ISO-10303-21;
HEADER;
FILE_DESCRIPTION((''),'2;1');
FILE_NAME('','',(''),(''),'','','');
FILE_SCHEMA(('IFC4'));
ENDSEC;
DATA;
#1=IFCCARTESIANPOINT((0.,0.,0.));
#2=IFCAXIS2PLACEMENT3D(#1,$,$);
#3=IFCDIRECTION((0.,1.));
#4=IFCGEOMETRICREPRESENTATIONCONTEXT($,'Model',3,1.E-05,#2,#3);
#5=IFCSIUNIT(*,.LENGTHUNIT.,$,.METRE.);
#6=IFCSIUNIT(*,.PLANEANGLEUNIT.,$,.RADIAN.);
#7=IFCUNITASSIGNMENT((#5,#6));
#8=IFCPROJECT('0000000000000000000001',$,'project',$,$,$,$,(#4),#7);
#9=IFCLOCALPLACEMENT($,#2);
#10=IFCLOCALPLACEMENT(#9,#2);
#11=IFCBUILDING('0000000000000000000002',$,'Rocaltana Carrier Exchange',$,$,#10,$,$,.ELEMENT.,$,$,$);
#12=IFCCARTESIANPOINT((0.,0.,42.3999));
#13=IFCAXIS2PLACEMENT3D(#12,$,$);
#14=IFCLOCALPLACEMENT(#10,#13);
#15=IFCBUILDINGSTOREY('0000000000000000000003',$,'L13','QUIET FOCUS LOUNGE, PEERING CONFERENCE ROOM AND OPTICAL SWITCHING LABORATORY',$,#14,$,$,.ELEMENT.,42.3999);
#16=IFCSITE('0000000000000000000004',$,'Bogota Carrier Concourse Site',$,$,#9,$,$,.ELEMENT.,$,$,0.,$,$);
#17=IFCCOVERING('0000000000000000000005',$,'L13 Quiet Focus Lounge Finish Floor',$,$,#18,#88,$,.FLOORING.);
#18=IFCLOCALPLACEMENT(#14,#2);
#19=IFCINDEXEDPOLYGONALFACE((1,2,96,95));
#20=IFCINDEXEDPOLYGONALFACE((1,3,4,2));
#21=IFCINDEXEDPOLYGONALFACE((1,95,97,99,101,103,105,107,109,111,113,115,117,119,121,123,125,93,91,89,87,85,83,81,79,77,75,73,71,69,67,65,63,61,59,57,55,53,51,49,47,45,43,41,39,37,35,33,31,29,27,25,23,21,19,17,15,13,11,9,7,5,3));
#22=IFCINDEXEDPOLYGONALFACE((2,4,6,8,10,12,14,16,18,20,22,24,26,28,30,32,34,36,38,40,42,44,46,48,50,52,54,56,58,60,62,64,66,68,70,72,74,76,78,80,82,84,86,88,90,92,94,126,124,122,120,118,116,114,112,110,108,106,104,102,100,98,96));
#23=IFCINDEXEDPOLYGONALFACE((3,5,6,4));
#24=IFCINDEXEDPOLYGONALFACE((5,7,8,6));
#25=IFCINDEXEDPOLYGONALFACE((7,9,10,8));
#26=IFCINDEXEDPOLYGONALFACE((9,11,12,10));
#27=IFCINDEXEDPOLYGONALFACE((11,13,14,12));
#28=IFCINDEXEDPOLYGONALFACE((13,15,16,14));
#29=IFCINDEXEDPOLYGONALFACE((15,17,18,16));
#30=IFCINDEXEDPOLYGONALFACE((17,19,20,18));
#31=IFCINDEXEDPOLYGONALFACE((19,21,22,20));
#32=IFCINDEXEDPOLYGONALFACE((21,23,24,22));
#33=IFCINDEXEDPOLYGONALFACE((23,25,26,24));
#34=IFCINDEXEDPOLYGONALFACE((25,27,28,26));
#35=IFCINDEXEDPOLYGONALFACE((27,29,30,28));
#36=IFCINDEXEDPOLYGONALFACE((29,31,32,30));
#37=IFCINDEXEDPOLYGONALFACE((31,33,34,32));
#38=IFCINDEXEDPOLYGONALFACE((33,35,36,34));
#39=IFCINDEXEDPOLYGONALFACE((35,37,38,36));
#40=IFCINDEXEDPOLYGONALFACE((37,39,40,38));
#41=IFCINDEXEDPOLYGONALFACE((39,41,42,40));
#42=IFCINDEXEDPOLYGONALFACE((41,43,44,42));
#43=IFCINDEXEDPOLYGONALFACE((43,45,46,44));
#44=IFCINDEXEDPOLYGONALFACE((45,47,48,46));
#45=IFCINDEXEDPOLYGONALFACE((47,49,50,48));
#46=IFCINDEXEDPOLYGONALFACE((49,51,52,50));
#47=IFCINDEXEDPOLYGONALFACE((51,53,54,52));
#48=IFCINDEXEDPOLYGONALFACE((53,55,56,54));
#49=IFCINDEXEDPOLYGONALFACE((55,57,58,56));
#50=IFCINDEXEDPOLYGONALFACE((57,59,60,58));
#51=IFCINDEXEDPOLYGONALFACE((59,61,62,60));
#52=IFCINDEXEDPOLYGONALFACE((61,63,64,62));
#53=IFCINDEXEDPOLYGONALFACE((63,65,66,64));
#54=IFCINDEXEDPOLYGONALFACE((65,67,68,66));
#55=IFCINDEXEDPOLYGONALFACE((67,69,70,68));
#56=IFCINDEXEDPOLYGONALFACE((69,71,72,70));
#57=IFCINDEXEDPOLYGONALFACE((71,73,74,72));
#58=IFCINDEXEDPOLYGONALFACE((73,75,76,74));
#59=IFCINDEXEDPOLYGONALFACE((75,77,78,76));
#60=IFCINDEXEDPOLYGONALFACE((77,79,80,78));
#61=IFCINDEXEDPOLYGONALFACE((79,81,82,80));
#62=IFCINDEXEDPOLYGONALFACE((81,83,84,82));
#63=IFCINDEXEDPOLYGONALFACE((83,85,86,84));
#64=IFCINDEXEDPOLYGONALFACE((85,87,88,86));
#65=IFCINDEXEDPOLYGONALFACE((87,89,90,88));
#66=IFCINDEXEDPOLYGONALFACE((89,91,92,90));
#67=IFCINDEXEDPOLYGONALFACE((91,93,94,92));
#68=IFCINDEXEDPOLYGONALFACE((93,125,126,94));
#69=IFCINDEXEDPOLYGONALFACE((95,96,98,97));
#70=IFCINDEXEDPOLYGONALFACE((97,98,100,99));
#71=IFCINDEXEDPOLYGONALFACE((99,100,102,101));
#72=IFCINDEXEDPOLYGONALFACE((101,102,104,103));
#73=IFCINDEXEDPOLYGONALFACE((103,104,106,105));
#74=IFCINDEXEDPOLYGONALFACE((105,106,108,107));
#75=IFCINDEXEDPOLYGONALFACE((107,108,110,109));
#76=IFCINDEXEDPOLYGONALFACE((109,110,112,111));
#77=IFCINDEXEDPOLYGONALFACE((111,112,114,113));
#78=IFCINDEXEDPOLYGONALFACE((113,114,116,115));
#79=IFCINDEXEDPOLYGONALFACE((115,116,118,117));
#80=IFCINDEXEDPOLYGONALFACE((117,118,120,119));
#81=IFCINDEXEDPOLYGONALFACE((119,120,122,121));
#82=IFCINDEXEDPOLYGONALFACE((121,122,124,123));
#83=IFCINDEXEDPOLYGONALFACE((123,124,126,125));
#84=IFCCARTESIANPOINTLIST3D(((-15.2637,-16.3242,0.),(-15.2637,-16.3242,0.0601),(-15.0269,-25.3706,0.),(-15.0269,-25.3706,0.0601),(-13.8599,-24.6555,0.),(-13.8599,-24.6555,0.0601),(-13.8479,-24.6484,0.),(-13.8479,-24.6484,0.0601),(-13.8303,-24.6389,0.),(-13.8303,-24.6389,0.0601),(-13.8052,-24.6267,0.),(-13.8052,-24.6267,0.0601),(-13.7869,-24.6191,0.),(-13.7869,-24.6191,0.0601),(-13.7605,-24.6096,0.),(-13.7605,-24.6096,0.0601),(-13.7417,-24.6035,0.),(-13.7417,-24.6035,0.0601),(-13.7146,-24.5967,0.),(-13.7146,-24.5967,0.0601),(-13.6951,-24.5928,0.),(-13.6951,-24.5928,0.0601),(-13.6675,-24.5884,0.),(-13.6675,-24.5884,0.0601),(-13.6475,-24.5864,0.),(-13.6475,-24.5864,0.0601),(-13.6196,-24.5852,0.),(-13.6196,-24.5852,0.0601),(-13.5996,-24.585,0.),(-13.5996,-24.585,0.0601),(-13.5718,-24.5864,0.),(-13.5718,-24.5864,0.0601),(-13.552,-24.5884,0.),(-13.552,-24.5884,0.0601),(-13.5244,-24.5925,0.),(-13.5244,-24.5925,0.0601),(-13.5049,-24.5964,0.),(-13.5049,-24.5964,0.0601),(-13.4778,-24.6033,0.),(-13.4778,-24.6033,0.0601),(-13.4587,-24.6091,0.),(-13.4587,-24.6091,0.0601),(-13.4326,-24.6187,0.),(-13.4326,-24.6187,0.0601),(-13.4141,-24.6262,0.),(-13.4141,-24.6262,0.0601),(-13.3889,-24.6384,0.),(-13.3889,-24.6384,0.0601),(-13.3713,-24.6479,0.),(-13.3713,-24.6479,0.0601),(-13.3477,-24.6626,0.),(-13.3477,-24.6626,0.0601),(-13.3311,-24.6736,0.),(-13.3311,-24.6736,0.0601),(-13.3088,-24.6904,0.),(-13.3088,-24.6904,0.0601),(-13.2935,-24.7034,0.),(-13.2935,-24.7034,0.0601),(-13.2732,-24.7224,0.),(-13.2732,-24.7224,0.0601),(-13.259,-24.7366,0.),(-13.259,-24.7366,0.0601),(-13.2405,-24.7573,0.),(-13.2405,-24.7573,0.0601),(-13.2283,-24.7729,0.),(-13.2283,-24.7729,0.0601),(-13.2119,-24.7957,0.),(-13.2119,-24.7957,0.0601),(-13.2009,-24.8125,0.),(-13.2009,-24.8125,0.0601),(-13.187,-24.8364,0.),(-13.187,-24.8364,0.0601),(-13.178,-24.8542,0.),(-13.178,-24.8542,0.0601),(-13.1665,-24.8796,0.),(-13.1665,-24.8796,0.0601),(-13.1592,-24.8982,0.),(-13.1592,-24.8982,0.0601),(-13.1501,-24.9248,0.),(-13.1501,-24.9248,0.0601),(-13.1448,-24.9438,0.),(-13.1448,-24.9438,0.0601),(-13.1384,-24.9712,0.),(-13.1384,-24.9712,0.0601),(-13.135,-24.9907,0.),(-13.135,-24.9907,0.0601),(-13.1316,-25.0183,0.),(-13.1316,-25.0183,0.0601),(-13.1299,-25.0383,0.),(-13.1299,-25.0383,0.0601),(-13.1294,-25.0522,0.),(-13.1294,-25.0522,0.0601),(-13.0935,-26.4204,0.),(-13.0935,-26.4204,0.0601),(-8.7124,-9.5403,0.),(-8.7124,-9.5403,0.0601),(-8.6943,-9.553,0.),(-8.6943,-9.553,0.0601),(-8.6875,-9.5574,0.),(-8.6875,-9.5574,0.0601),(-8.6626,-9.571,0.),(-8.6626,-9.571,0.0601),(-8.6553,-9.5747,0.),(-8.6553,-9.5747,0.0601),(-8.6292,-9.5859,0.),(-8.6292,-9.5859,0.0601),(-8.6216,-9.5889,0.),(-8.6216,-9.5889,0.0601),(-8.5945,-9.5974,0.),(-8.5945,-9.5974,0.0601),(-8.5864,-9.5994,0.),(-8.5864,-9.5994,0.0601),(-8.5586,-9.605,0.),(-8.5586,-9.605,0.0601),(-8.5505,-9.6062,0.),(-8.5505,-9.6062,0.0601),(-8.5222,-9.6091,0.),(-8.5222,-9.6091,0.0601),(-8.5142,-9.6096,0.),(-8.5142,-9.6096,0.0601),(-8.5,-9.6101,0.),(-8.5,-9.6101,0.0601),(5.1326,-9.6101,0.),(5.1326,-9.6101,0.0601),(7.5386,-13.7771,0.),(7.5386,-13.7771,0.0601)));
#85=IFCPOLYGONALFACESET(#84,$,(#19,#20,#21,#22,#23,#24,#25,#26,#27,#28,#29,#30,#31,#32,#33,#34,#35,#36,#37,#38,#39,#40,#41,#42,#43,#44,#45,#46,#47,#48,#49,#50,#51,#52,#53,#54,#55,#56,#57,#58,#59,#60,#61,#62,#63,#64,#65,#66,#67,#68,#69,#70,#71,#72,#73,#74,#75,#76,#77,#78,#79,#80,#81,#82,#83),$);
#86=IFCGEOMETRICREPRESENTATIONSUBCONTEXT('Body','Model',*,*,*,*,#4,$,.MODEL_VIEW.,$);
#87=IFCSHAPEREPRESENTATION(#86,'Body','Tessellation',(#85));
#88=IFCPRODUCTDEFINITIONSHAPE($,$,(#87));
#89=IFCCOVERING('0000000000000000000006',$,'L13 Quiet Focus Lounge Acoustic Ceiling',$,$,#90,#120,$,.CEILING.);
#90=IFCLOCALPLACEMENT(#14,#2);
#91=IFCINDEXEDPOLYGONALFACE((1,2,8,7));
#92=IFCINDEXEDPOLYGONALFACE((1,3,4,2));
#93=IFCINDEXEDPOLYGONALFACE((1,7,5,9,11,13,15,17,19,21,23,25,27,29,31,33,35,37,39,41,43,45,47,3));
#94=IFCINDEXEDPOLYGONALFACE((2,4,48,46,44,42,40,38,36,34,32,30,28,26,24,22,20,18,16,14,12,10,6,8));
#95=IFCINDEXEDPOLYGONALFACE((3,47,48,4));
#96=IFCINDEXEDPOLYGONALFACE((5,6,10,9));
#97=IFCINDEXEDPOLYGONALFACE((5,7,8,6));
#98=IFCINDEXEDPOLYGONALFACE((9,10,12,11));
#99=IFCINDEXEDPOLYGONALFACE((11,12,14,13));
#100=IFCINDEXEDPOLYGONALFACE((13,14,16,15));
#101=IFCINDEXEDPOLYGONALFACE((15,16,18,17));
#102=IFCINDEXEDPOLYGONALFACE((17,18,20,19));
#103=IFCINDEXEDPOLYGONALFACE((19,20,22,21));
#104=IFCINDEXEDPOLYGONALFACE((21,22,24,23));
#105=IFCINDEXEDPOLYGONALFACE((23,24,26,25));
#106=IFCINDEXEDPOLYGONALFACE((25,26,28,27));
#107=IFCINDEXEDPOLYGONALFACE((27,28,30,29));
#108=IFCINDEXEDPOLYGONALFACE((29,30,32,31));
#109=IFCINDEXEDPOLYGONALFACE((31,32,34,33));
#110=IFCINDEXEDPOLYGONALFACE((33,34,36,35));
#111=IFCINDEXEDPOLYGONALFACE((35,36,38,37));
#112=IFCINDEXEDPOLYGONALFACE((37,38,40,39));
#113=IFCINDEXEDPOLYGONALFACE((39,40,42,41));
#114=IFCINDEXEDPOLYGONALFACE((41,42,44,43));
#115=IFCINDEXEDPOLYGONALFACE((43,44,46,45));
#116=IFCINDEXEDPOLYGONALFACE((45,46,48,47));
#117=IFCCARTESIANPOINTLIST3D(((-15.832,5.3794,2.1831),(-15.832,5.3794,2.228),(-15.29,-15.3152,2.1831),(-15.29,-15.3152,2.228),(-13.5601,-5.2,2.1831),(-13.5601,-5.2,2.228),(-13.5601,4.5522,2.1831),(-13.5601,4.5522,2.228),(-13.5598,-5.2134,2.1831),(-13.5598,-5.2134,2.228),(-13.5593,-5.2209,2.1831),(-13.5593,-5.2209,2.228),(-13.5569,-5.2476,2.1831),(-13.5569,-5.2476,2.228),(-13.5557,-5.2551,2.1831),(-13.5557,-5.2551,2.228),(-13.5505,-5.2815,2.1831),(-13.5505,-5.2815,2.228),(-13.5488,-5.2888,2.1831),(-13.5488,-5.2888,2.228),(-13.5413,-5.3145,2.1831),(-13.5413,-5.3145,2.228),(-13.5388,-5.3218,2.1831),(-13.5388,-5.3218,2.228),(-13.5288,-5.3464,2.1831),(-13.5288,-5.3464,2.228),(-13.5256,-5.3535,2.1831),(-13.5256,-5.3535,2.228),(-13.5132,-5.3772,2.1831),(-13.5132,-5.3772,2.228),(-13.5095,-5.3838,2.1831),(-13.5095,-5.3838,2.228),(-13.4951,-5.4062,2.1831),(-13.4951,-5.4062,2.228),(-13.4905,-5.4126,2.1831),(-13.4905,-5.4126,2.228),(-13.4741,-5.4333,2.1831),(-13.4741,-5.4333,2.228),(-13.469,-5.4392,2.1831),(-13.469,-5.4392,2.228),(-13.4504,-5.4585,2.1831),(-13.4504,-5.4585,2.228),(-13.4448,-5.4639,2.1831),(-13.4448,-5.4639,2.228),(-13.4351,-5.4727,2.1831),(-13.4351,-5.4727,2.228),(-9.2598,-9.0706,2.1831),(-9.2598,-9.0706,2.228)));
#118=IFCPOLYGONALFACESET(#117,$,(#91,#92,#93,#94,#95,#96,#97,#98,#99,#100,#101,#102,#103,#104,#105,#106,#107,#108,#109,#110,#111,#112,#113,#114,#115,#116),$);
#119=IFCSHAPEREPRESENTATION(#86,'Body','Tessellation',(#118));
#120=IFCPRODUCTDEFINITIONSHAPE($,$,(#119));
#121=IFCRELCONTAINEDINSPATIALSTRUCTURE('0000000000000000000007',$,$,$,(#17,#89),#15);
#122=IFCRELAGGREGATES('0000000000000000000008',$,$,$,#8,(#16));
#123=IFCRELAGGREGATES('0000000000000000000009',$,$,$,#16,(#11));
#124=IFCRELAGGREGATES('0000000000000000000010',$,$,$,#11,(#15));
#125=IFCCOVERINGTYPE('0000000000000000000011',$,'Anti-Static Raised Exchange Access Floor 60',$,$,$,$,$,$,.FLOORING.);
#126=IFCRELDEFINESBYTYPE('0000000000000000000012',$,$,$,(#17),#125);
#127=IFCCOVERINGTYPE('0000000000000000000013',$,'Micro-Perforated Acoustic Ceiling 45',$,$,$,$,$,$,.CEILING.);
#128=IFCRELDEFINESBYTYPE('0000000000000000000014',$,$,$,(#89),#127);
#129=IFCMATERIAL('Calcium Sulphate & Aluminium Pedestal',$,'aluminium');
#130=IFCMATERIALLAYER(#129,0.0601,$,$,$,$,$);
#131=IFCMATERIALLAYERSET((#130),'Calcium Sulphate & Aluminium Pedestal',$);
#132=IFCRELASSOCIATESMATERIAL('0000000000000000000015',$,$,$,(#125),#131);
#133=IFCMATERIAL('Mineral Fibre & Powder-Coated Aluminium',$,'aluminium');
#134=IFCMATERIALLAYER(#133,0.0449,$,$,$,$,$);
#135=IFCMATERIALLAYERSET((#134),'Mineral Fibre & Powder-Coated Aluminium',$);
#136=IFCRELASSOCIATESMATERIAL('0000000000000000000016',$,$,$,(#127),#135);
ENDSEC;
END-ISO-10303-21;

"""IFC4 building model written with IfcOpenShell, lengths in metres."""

from ifc_helpers import new_model, si_unit, direction, frame, origin, place, context, subcontext, project, spatial, polyline, outline, extrude, material, layer, layer_set, type_object, element, save


model = new_model("IFC4")

# Units and contexts
model_context = context("Model", 3, precision=1e-05, world=origin(), true_north=direction((0.0, 1.0)))
body_context = subcontext(model_context, "Body", "Model", "MODEL_VIEW")
ifc_project = project(units=[si_unit("LENGTHUNIT", "METRE"), si_unit("PLANEANGLEUNIT", "RADIAN")], contexts=[model_context])

# Site, building, storey
site_placement = place(None, origin())
site = spatial("IfcSite", under=ifc_project, at=site_placement, Name="Bogota Carrier Concourse Site", CompositionType="ELEMENT", RefElevation=0.0)
building_placement = place(site_placement, origin())
building = spatial("IfcBuilding", under=site, at=building_placement, Name="Rocaltana Carrier Exchange", CompositionType="ELEMENT")
storey_placement = place(building_placement, frame((0.0, 0.0, 42.3999)))
storey = spatial("IfcBuildingStorey", under=building, at=storey_placement, Name="L13", Description="QUIET FOCUS LOUNGE, PEERING CONFERENCE ROOM AND OPTICAL SWITCHING LABORATORY", CompositionType="ELEMENT", Elevation=42.3999)

# Coverings
ifc_material_1 = material(Name="Calcium Sulphate & Aluminium Pedestal", Category="aluminium")
ifc_layer_1 = layer(ifc_material_1, 0.0601)
ifc_layer_set_1 = layer_set([ifc_layer_1], Name="Calcium Sulphate & Aluminium Pedestal")
covering_type_1 = type_object("IfcCoveringType", Name="Anti-Static Raised Exchange Access Floor 60", PredefinedType="FLOORING", material=ifc_layer_set_1)
covering_1_placement = place(storey_placement, origin())
element("IfcCovering", 1, at=covering_1_placement, inside=storey, type_object=covering_type_1, Name="L13 Quiet Focus Lounge Finish Floor", PredefinedType="FLOORING", context=body_context, shape_type="SweptSolid", body=[
    extrude(outline(polyline([(-13.1294, -25.0522), (-13.1299, -25.0383), (-13.1316, -25.0183), (-13.135, -24.9907), (-13.1384, -24.9712), (-13.1448, -24.9438), (-13.1501, -24.9248), (-13.1592, -24.8982), (-13.1665, -24.8796), (-13.178, -24.8542), (-13.187, -24.8364), (-13.2009, -24.8125), (-13.2119, -24.7957), (-13.2283, -24.7729), (-13.2405, -24.7573), (-13.259, -24.7366), (-13.2732, -24.7224), (-13.2935, -24.7034), (-13.3088, -24.6904), (-13.3311, -24.6736), (-13.3477, -24.6626), (-13.3713, -24.6479), (-13.3889, -24.6384), (-13.4141, -24.6262), (-13.4326, -24.6187), (-13.4587, -24.6091), (-13.4778, -24.6033), (-13.5049, -24.5964), (-13.5244, -24.5925), (-13.552, -24.5884), (-13.5718, -24.5864), (-13.5996, -24.585), (-13.6196, -24.5852), (-13.6475, -24.5864), (-13.6675, -24.5884), (-13.6951, -24.5928), (-13.7146, -24.5967), (-13.7417, -24.6035), (-13.7605, -24.6096), (-13.7869, -24.6191), (-13.8052, -24.6267), (-13.8303, -24.6389), (-13.8479, -24.6484), (-13.8599, -24.6555), (-15.0269, -25.3706), (-15.2637, -16.3242), (-8.7124, -9.5403), (-8.6943, -9.553), (-8.6875, -9.5574), (-8.6626, -9.571), (-8.6553, -9.5747), (-8.6292, -9.5859), (-8.6216, -9.5889), (-8.5945, -9.5974), (-8.5864, -9.5994), (-8.5586, -9.605), (-8.5505, -9.6062), (-8.5222, -9.6091), (-8.5142, -9.6096), (-8.5, -9.6101), (5.1326, -9.6101), (7.5386, -13.7771), (-13.0935, -26.4204), (-13.1294, -25.0522)])), origin(), (0.0, 0.0, 1.0), 0.0601),
])
ifc_material_2 = material(Name="Mineral Fibre & Powder-Coated Aluminium", Category="aluminium")
ifc_layer_2 = layer(ifc_material_2, 0.0449)
ifc_layer_set_2 = layer_set([ifc_layer_2], Name="Mineral Fibre & Powder-Coated Aluminium")
covering_type_2 = type_object("IfcCoveringType", Name="Micro-Perforated Acoustic Ceiling 45", PredefinedType="CEILING", material=ifc_layer_set_2)
covering_2_placement = place(storey_placement, frame((0.0, 0.0, 2.1831)))
element("IfcCovering", 2, at=covering_2_placement, inside=storey, type_object=covering_type_2, Name="L13 Quiet Focus Lounge Acoustic Ceiling", PredefinedType="CEILING", context=body_context, shape_type="SweptSolid", body=[
    extrude(outline(polyline([(-15.832, 5.3794), (-13.5601, 4.5522), (-13.5601, -5.2), (-13.5598, -5.2134), (-13.5593, -5.2209), (-13.5569, -5.2476), (-13.5557, -5.2551), (-13.5505, -5.2815), (-13.5488, -5.2888), (-13.5413, -5.3145), (-13.5388, -5.3218), (-13.5288, -5.3464), (-13.5256, -5.3535), (-13.5132, -5.3772), (-13.5095, -5.3838), (-13.4951, -5.4062), (-13.4905, -5.4126), (-13.4741, -5.4333), (-13.469, -5.4392), (-13.4504, -5.4585), (-13.4448, -5.4639), (-13.4351, -5.4727), (-9.2598, -9.0706), (-15.29, -15.3152), (-15.832, 5.3794)])), origin(), (0.0, 0.0, 1.0), 0.0449),
])

save(model, "model.ifc")
